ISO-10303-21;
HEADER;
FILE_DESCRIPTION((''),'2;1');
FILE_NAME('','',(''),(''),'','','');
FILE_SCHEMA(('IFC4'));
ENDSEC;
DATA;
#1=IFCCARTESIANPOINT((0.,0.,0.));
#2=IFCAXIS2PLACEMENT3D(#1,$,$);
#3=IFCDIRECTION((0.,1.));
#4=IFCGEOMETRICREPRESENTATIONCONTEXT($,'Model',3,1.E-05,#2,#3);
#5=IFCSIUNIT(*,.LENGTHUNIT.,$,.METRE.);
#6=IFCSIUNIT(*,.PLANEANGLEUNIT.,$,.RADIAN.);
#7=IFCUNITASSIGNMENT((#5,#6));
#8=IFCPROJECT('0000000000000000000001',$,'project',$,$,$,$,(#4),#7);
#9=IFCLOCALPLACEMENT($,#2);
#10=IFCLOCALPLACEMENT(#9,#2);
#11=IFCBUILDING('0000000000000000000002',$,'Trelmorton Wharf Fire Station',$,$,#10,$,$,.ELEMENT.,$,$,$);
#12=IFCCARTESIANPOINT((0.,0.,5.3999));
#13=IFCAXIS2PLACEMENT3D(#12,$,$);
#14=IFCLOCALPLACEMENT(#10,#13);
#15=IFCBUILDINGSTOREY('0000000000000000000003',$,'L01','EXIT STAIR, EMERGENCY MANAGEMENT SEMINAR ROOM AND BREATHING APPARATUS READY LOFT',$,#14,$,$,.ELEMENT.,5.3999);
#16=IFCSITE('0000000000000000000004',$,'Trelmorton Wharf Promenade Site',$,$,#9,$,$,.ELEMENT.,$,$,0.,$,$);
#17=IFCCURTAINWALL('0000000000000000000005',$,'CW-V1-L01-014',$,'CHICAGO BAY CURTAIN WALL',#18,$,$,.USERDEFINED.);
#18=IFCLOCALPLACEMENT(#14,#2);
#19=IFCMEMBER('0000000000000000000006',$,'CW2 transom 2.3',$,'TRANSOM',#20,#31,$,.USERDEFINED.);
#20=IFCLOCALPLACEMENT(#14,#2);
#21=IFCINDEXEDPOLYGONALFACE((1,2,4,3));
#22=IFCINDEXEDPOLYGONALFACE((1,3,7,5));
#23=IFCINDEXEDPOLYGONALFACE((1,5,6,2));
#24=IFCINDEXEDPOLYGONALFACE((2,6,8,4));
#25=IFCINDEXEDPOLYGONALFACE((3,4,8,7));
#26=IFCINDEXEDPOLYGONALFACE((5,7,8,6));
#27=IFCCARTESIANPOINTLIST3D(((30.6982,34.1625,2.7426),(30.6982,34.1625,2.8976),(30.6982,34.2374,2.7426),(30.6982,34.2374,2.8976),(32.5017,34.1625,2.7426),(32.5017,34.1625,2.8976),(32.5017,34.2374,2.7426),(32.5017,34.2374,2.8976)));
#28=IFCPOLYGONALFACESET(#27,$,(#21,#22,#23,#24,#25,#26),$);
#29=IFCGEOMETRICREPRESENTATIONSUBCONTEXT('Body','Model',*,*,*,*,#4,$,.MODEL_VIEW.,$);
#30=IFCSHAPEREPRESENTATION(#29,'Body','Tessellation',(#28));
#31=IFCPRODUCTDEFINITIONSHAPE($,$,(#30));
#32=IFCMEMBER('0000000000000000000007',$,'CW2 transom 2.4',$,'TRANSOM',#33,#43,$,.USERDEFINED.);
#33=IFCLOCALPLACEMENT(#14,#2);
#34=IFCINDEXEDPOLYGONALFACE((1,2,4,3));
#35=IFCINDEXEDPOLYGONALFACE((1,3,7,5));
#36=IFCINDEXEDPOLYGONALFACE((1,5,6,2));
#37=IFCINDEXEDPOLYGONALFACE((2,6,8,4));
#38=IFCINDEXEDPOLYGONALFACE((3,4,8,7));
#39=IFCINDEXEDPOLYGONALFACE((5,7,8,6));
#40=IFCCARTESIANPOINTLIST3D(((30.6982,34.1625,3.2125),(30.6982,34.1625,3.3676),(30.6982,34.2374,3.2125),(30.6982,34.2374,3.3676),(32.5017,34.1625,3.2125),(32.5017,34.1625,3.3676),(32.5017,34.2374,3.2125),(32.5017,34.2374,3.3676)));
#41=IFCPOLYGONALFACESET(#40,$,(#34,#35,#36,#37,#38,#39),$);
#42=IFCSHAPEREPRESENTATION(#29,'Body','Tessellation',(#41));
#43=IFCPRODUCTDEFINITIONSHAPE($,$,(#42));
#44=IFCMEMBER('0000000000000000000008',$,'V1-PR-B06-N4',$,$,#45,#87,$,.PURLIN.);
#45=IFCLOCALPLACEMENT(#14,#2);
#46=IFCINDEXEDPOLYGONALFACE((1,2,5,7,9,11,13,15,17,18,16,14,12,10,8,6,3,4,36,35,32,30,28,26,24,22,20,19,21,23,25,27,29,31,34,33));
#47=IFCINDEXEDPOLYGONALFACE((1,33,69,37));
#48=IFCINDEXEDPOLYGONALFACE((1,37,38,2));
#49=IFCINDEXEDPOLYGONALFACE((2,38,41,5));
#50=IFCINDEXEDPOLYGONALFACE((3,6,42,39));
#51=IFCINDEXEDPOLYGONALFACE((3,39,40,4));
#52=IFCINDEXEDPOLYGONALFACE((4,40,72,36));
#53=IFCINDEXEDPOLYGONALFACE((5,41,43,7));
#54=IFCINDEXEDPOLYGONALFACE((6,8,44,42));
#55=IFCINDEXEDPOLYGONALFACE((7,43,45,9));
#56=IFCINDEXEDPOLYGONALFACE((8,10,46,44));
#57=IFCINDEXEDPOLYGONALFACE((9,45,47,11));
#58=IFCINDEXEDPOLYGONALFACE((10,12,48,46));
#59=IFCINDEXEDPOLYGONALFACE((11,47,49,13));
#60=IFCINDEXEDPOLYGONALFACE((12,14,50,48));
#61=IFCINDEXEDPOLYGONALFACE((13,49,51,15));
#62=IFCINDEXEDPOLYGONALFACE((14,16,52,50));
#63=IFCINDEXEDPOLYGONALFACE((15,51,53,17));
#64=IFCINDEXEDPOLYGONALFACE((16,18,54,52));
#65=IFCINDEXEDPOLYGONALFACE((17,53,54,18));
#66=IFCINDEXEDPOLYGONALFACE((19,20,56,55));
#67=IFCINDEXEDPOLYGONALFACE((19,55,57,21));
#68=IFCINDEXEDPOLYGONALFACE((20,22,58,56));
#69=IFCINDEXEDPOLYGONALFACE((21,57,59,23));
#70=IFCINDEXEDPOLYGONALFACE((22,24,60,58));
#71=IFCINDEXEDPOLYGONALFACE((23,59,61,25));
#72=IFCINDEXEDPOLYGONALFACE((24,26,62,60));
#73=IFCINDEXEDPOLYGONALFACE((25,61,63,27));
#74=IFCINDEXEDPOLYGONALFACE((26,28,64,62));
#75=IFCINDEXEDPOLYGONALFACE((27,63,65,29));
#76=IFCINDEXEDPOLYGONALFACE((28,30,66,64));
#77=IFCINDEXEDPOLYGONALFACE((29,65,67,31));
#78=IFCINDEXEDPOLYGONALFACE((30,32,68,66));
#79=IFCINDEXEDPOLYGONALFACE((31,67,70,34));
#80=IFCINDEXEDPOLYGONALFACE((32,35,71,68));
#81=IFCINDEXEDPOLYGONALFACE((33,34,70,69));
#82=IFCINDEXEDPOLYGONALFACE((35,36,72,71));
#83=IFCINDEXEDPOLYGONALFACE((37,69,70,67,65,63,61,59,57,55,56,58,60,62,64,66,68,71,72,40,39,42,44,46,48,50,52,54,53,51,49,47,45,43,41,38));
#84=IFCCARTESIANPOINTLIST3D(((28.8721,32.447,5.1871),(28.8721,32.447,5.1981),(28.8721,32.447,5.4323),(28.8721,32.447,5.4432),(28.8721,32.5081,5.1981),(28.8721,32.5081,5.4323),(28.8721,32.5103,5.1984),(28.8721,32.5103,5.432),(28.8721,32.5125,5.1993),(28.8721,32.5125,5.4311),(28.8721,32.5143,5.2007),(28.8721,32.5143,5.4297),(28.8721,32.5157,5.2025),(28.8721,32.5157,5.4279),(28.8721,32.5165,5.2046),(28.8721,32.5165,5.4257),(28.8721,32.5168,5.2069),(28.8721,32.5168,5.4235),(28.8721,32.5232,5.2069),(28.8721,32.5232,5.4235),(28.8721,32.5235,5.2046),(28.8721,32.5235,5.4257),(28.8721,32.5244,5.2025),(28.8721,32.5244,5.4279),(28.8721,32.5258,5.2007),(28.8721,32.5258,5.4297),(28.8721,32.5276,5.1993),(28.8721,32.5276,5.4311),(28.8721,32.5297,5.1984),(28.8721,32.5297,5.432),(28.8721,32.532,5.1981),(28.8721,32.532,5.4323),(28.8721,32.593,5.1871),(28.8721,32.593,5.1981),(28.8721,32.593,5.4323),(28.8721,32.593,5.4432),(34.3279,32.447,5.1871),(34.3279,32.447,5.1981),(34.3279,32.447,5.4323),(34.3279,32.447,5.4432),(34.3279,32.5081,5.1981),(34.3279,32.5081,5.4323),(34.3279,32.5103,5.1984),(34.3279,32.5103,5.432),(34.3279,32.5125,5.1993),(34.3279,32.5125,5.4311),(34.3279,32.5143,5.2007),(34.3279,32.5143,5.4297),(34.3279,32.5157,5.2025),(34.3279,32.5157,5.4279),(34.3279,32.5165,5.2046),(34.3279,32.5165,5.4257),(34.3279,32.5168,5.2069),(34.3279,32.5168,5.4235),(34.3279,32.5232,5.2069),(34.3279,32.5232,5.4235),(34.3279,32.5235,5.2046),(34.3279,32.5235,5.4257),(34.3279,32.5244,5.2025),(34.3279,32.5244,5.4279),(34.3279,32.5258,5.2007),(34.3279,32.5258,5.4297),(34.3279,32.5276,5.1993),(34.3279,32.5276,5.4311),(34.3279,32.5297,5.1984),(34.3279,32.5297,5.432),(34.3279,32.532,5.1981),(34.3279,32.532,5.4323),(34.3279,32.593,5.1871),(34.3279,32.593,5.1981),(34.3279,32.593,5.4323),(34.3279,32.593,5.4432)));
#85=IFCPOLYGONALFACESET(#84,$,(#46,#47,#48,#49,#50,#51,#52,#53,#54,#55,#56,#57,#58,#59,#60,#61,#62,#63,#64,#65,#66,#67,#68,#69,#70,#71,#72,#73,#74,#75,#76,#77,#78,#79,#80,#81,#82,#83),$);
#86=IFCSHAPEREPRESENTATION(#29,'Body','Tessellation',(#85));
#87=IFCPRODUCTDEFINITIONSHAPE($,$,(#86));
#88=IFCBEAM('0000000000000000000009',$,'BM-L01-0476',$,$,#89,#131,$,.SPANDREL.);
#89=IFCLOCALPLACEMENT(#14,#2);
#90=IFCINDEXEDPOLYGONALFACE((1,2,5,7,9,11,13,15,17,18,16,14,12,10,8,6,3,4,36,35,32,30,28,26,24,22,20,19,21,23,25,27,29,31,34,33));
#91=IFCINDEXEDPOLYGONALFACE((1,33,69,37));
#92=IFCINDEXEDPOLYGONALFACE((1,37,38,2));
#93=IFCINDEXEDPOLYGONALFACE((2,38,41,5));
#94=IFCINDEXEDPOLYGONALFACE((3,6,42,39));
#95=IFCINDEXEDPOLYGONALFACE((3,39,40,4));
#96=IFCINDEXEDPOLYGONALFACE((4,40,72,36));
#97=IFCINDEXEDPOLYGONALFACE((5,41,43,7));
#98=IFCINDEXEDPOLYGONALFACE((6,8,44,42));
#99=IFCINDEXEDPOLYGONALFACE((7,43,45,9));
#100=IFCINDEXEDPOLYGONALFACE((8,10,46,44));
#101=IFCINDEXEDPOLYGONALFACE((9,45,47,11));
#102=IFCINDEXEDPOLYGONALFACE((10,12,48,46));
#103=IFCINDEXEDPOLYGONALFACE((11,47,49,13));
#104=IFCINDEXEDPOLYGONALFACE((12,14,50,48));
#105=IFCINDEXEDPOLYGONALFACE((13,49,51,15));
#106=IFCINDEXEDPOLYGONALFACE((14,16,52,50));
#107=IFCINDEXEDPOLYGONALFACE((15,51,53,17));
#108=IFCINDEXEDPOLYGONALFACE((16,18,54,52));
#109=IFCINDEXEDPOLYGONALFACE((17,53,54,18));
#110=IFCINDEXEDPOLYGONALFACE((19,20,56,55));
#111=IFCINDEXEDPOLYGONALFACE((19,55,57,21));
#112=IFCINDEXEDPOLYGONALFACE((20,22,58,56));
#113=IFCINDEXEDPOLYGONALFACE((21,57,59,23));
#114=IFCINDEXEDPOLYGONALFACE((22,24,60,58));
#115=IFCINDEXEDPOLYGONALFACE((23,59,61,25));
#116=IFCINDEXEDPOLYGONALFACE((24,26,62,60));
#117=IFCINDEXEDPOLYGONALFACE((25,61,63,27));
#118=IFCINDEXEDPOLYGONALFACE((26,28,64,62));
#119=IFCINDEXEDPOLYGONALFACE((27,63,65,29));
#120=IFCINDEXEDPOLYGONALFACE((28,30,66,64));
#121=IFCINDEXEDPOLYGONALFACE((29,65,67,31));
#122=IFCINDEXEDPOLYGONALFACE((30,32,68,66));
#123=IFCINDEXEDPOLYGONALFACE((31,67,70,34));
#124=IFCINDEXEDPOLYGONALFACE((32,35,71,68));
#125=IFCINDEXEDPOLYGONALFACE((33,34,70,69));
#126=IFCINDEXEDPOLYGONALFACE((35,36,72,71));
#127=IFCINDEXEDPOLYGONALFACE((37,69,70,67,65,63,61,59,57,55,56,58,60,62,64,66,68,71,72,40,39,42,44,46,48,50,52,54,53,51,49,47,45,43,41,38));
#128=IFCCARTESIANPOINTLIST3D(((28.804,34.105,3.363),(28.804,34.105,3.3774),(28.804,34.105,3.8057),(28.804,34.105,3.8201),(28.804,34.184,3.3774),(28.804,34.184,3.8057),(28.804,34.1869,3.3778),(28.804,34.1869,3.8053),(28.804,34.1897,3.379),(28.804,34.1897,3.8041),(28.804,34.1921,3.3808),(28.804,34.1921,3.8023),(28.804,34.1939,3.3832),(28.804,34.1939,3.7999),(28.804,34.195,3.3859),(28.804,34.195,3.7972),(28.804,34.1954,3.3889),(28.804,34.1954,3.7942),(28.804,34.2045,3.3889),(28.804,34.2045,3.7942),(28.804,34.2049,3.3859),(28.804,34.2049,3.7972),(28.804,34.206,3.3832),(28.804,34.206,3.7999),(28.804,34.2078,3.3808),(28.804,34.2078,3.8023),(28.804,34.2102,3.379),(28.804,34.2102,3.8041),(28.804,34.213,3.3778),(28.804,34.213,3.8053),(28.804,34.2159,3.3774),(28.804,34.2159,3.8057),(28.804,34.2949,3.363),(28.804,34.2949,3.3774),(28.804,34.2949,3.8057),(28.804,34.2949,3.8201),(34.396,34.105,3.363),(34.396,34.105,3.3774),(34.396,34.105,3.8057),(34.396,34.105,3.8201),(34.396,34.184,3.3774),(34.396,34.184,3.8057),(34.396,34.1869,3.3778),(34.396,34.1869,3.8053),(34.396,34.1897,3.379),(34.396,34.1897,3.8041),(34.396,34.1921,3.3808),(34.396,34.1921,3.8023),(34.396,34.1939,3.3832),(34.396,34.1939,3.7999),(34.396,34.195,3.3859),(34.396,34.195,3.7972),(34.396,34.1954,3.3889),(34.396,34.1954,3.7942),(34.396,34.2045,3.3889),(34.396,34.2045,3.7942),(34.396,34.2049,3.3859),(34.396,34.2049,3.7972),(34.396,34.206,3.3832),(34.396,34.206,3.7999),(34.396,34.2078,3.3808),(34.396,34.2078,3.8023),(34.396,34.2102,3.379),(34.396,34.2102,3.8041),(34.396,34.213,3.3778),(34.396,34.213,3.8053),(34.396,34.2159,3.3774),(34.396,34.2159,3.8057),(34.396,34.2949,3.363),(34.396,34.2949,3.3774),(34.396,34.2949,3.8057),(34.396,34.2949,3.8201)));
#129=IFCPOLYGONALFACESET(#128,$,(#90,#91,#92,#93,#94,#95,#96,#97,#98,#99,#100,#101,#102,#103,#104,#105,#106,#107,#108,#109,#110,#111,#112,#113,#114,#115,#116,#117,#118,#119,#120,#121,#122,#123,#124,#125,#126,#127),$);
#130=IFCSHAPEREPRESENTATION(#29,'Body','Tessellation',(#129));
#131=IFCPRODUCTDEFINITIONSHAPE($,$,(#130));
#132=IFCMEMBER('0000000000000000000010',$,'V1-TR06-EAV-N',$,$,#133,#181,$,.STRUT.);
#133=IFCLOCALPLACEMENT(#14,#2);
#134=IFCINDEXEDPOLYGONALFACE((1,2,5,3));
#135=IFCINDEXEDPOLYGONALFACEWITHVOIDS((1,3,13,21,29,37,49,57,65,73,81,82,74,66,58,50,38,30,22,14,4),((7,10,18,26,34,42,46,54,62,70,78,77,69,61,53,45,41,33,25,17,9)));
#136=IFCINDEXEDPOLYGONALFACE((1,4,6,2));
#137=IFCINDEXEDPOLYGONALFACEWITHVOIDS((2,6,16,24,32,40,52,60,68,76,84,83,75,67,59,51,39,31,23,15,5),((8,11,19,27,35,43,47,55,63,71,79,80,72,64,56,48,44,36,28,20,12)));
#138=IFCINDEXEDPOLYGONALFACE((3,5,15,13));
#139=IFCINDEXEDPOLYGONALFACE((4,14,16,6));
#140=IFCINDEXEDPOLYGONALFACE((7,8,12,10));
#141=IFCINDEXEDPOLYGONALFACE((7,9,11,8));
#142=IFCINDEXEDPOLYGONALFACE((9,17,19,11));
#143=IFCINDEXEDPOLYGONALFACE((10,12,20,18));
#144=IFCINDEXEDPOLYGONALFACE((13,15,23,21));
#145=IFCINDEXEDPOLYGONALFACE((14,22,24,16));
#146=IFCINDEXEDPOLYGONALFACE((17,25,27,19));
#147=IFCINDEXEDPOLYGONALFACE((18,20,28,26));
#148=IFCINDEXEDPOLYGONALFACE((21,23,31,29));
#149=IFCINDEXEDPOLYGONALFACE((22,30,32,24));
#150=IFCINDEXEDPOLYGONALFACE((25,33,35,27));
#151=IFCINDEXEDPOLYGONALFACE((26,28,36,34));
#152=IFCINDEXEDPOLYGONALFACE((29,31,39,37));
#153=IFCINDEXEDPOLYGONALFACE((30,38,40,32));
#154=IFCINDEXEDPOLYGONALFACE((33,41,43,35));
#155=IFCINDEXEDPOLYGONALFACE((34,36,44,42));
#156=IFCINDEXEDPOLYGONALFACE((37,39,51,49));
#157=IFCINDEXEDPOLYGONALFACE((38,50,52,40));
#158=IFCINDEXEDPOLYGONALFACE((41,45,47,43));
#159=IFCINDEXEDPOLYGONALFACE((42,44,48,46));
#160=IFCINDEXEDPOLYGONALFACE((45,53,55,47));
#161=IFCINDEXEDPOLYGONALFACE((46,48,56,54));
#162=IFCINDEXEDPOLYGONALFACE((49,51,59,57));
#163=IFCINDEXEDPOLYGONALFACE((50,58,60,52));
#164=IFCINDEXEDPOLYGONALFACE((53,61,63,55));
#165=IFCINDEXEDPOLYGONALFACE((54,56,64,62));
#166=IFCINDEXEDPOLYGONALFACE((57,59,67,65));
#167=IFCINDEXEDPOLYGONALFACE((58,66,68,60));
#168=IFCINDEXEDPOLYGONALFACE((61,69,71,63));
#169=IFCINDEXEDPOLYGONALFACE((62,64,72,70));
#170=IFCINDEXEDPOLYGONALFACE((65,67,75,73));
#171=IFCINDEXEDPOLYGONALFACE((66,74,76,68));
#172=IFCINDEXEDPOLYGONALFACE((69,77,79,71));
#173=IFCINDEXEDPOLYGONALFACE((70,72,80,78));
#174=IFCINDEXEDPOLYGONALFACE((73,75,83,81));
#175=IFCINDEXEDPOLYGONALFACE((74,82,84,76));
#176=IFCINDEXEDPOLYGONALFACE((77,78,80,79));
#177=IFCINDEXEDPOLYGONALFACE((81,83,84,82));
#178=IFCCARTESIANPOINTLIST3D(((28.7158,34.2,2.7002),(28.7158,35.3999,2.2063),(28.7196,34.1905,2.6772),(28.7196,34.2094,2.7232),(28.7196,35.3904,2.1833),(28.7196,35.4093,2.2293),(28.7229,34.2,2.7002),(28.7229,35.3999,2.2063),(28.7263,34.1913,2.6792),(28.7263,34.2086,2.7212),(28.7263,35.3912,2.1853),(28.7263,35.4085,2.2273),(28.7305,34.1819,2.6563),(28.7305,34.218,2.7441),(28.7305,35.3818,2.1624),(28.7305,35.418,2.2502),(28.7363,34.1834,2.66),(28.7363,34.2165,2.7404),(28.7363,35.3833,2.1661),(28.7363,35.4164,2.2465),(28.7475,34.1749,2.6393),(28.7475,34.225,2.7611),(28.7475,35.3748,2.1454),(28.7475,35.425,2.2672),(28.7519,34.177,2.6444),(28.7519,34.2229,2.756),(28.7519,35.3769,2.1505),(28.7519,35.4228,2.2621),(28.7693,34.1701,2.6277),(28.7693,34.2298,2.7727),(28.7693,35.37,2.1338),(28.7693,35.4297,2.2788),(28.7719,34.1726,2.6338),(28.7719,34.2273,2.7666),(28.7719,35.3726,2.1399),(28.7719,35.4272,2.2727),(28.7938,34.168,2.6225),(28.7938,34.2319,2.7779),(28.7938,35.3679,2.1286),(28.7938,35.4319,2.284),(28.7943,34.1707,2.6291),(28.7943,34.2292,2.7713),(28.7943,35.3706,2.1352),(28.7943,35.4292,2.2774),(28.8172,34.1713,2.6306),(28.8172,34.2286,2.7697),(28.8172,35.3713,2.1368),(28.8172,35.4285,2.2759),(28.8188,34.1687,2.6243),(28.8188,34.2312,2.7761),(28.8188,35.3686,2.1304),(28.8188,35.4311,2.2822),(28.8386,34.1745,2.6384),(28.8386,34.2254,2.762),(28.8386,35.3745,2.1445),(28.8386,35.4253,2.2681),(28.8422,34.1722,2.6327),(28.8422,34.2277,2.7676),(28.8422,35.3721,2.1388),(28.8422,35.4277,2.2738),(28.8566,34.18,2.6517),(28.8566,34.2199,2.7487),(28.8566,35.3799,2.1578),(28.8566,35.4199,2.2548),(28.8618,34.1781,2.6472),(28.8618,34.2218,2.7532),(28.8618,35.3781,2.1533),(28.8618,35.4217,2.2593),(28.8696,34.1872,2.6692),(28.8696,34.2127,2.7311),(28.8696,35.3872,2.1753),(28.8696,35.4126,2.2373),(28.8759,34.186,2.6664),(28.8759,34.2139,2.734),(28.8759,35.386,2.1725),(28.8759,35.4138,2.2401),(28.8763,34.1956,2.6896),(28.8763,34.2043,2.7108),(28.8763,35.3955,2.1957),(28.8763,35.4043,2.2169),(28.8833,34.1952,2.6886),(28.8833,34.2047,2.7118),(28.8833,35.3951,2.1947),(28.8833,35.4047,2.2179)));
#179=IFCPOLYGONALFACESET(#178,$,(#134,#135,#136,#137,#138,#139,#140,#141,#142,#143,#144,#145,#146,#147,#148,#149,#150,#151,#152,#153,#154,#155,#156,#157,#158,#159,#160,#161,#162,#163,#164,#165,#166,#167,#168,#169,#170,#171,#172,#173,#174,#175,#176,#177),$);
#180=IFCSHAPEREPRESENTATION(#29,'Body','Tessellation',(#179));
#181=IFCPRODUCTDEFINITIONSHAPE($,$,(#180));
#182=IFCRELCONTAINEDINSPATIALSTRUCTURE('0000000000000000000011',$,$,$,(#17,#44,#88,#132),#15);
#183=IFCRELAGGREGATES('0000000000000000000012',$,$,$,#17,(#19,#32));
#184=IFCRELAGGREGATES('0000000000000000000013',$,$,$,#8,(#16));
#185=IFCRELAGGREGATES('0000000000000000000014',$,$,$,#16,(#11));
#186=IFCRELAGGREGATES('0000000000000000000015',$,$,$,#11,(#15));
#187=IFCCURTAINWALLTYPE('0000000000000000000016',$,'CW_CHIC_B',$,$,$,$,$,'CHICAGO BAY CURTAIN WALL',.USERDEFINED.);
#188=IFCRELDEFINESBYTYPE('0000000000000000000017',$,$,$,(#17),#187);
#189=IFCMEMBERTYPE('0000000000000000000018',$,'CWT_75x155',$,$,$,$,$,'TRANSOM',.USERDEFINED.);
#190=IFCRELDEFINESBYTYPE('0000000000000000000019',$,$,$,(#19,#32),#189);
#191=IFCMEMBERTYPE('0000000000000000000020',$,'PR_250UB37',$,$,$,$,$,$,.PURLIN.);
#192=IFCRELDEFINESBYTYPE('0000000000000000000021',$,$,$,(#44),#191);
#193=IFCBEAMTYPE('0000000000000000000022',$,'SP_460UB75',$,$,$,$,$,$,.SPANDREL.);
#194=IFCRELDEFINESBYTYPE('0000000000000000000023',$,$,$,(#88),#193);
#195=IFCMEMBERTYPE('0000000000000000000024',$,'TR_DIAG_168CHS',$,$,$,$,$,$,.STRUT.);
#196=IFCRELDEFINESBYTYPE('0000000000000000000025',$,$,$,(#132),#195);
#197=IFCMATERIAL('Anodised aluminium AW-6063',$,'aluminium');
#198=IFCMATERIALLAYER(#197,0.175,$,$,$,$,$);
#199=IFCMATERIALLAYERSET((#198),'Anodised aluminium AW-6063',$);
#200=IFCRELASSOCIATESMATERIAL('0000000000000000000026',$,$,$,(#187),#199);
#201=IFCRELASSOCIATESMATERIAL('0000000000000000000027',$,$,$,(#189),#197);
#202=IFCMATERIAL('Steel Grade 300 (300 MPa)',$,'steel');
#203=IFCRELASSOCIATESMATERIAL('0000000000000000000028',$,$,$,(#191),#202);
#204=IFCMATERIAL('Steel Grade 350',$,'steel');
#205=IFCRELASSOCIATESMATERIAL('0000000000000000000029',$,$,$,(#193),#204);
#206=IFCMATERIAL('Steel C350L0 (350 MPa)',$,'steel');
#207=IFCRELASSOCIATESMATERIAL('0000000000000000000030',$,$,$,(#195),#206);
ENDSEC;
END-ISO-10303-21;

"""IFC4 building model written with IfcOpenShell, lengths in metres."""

from ifc_helpers import new_model, si_unit, direction, frame, origin, origin_2d, place, context, subcontext, project, spatial, rectangle, hollow_circle, i_section, extrude, material, layer, layer_set, material_profile, profile_set, type_object, element, aggregate, save


model = new_model("IFC4")

# Units and contexts
model_context = context("Model", 3, precision=1e-05, world=origin(), true_north=direction((0.0, 1.0)))
body_context = subcontext(model_context, "Body", "Model", "MODEL_VIEW")
ifc_project = project(units=[si_unit("LENGTHUNIT", "METRE"), si_unit("PLANEANGLEUNIT", "RADIAN")], contexts=[model_context])

# Site, building, storey
site_placement = place(None, origin())
site = spatial("IfcSite", under=ifc_project, at=site_placement, Name="Trelmorton Wharf Promenade Site", CompositionType="ELEMENT", RefElevation=0.0)
building_placement = place(site_placement, origin())
building = spatial("IfcBuilding", under=site, at=building_placement, Name="Trelmorton Wharf Fire Station", CompositionType="ELEMENT")
storey_placement = place(building_placement, frame((0.0, 0.0, 5.3999)))
storey = spatial("IfcBuildingStorey", under=building, at=storey_placement, Name="L01", Description="EXIT STAIR, EMERGENCY MANAGEMENT SEMINAR ROOM AND BREATHING APPARATUS READY LOFT", CompositionType="ELEMENT", Elevation=5.3999)

# Shared definitions
ifc_material_1 = material(Name="Steel Grade 350", Category="steel")

# Shared definitions
ifc_material_2 = material(Name="Anodised aluminium AW-6063", Category="aluminium")
ifc_layer_1 = layer(ifc_material_2, 0.175)
ifc_layer_set_1 = layer_set([ifc_layer_1], Name="Anodised aluminium AW-6063")
curtain_wall_type = type_object("IfcCurtainWallType", Name="CW_CHIC_B", ElementType="CHICAGO BAY CURTAIN WALL", PredefinedType="USERDEFINED", material=ifc_layer_set_1)

# Curtain wall, members
curtain_wall_1_placement = place(storey_placement, origin())
curtain_wall_1 = element("IfcCurtainWall", 1, at=curtain_wall_1_placement, inside=storey, type_object=curtain_wall_type, Name="CW-V1-L01-014", ObjectType="CHICAGO BAY CURTAIN WALL", PredefinedType="USERDEFINED")
ifc_material_profile_1 = material_profile(ifc_material_2, rectangle(XDim=0.075, YDim=0.155, at=origin_2d()), Name="ALU-75x155")
ifc_profile_set_1 = profile_set([ifc_material_profile_1], Name="Anodised aluminium AW-6063")
member_type_1 = type_object("IfcMemberType", Name="CWT_75x155", ElementType="TRANSOM", PredefinedType="USERDEFINED", material=ifc_profile_set_1)
member_1_placement = place(storey_placement, frame((30.6982, 34.2, 2.8201), z_axis=(1.0, 0.0, 0.0), x_axis=(0.0, 1.0, 0.0)))
member_1 = element("IfcMember", 2, at=member_1_placement, type_object=member_type_1, Name="CW2 transom 2.3", ObjectType="TRANSOM", PredefinedType="USERDEFINED", context=body_context, shape_type="SweptSolid", body=[
    extrude(rectangle(XDim=0.075, YDim=0.155, at=origin_2d()), origin(), (0.0, 0.0, 1.0), 1.8035),
])
member_2_placement = place(storey_placement, frame((30.6982, 34.2, 3.29), z_axis=(1.0, 0.0, 0.0), x_axis=(0.0, 1.0, 0.0)))
member_2 = element("IfcMember", 3, at=member_2_placement, type_object=member_type_1, Name="CW2 transom 2.4", ObjectType="TRANSOM", PredefinedType="USERDEFINED", context=body_context, shape_type="SweptSolid", body=[
    extrude(rectangle(XDim=0.075, YDim=0.155, at=origin_2d()), origin(), (0.0, 0.0, 1.0), 1.8035),
])

# Member
ifc_material_3 = material(Name="Steel Grade 300 (300 MPa)", Category="steel")
ifc_material_profile_2 = material_profile(ifc_material_3, i_section(OverallWidth=0.146, OverallDepth=0.2561, WebThickness=0.0063, FlangeThickness=0.011, FilletRadius=0.0088, at=origin_2d()), Name="250UB37.3")
ifc_profile_set_2 = profile_set([ifc_material_profile_2], Name="Steel Grade 300 (300 MPa)")
member_type_2 = type_object("IfcMemberType", Name="PR_250UB37", PredefinedType="PURLIN", material=ifc_profile_set_2)
member_3_placement = place(storey_placement, frame((28.8721, 32.52, 5.3152), z_axis=(1.0, 0.0, 0.0), x_axis=(0.0, 1.0, 0.0)))
element("IfcMember", 4, at=member_3_placement, inside=storey, type_object=member_type_2, Name="V1-PR-B06-N4", PredefinedType="PURLIN", context=body_context, shape_type="SweptSolid", body=[
    extrude(i_section(OverallWidth=0.146, OverallDepth=0.2561, WebThickness=0.0063, FlangeThickness=0.011, FilletRadius=0.0088, at=origin_2d()), origin(), (0.0, 0.0, 1.0), 5.4558),
])

# Beam
ifc_material_profile_3 = material_profile(ifc_material_1, i_section(OverallWidth=0.1899, OverallDepth=0.457, WebThickness=0.009, FlangeThickness=0.0144, FilletRadius=0.0115, at=origin_2d()), Name="460UB74.6")
ifc_profile_set_3 = profile_set([ifc_material_profile_3], Name="Steel Grade 350")
beam_type = type_object("IfcBeamType", Name="SP_460UB75", PredefinedType="SPANDREL", material=ifc_profile_set_3)
beam_placement = place(storey_placement, frame((28.804, 34.2, 3.5916), z_axis=(1.0, 0.0, 0.0), x_axis=(0.0, 1.0, 0.0)))
element("IfcBeam", 5, at=beam_placement, inside=storey, type_object=beam_type, Name="BM-L01-0476", PredefinedType="SPANDREL", context=body_context, shape_type="SweptSolid", body=[
    extrude(i_section(OverallWidth=0.1899, OverallDepth=0.457, WebThickness=0.009, FlangeThickness=0.0144, FilletRadius=0.0115, at=origin_2d()), origin(), (0.0, 0.0, 1.0), 5.592),
])

# Member
ifc_material_4 = material(Name="Steel C350L0 (350 MPa)", Category="steel")
ifc_material_profile_4 = material_profile(ifc_material_4, hollow_circle(Radius=0.0842, WallThickness=0.0071, at=origin_2d()), Name="168.3x7.1CHS")
ifc_profile_set_4 = profile_set([ifc_material_profile_4], Name="Steel C350L0 (350 MPa)")
member_type_3 = type_object("IfcMemberType", Name="TR_DIAG_168CHS", PredefinedType="STRUT", material=ifc_profile_set_4)
member_4_placement = place(storey_placement, frame((28.8, 34.2, 2.7002), z_axis=(0.0, 0.924733, -0.380617), x_axis=(-1.0, 0.0, 0.0)))
element("IfcMember", 6, at=member_4_placement, inside=storey, type_object=member_type_3, Name="V1-TR06-EAV-N", PredefinedType="STRUT", context=body_context, shape_type="SweptSolid", body=[
    extrude(hollow_circle(Radius=0.0842, WallThickness=0.0071, at=origin_2d()), origin(), (0.0, 0.0, 1.0), 1.2976),
])

aggregate(curtain_wall_1, [member_1, member_2])

save(model, "model.ifc")
